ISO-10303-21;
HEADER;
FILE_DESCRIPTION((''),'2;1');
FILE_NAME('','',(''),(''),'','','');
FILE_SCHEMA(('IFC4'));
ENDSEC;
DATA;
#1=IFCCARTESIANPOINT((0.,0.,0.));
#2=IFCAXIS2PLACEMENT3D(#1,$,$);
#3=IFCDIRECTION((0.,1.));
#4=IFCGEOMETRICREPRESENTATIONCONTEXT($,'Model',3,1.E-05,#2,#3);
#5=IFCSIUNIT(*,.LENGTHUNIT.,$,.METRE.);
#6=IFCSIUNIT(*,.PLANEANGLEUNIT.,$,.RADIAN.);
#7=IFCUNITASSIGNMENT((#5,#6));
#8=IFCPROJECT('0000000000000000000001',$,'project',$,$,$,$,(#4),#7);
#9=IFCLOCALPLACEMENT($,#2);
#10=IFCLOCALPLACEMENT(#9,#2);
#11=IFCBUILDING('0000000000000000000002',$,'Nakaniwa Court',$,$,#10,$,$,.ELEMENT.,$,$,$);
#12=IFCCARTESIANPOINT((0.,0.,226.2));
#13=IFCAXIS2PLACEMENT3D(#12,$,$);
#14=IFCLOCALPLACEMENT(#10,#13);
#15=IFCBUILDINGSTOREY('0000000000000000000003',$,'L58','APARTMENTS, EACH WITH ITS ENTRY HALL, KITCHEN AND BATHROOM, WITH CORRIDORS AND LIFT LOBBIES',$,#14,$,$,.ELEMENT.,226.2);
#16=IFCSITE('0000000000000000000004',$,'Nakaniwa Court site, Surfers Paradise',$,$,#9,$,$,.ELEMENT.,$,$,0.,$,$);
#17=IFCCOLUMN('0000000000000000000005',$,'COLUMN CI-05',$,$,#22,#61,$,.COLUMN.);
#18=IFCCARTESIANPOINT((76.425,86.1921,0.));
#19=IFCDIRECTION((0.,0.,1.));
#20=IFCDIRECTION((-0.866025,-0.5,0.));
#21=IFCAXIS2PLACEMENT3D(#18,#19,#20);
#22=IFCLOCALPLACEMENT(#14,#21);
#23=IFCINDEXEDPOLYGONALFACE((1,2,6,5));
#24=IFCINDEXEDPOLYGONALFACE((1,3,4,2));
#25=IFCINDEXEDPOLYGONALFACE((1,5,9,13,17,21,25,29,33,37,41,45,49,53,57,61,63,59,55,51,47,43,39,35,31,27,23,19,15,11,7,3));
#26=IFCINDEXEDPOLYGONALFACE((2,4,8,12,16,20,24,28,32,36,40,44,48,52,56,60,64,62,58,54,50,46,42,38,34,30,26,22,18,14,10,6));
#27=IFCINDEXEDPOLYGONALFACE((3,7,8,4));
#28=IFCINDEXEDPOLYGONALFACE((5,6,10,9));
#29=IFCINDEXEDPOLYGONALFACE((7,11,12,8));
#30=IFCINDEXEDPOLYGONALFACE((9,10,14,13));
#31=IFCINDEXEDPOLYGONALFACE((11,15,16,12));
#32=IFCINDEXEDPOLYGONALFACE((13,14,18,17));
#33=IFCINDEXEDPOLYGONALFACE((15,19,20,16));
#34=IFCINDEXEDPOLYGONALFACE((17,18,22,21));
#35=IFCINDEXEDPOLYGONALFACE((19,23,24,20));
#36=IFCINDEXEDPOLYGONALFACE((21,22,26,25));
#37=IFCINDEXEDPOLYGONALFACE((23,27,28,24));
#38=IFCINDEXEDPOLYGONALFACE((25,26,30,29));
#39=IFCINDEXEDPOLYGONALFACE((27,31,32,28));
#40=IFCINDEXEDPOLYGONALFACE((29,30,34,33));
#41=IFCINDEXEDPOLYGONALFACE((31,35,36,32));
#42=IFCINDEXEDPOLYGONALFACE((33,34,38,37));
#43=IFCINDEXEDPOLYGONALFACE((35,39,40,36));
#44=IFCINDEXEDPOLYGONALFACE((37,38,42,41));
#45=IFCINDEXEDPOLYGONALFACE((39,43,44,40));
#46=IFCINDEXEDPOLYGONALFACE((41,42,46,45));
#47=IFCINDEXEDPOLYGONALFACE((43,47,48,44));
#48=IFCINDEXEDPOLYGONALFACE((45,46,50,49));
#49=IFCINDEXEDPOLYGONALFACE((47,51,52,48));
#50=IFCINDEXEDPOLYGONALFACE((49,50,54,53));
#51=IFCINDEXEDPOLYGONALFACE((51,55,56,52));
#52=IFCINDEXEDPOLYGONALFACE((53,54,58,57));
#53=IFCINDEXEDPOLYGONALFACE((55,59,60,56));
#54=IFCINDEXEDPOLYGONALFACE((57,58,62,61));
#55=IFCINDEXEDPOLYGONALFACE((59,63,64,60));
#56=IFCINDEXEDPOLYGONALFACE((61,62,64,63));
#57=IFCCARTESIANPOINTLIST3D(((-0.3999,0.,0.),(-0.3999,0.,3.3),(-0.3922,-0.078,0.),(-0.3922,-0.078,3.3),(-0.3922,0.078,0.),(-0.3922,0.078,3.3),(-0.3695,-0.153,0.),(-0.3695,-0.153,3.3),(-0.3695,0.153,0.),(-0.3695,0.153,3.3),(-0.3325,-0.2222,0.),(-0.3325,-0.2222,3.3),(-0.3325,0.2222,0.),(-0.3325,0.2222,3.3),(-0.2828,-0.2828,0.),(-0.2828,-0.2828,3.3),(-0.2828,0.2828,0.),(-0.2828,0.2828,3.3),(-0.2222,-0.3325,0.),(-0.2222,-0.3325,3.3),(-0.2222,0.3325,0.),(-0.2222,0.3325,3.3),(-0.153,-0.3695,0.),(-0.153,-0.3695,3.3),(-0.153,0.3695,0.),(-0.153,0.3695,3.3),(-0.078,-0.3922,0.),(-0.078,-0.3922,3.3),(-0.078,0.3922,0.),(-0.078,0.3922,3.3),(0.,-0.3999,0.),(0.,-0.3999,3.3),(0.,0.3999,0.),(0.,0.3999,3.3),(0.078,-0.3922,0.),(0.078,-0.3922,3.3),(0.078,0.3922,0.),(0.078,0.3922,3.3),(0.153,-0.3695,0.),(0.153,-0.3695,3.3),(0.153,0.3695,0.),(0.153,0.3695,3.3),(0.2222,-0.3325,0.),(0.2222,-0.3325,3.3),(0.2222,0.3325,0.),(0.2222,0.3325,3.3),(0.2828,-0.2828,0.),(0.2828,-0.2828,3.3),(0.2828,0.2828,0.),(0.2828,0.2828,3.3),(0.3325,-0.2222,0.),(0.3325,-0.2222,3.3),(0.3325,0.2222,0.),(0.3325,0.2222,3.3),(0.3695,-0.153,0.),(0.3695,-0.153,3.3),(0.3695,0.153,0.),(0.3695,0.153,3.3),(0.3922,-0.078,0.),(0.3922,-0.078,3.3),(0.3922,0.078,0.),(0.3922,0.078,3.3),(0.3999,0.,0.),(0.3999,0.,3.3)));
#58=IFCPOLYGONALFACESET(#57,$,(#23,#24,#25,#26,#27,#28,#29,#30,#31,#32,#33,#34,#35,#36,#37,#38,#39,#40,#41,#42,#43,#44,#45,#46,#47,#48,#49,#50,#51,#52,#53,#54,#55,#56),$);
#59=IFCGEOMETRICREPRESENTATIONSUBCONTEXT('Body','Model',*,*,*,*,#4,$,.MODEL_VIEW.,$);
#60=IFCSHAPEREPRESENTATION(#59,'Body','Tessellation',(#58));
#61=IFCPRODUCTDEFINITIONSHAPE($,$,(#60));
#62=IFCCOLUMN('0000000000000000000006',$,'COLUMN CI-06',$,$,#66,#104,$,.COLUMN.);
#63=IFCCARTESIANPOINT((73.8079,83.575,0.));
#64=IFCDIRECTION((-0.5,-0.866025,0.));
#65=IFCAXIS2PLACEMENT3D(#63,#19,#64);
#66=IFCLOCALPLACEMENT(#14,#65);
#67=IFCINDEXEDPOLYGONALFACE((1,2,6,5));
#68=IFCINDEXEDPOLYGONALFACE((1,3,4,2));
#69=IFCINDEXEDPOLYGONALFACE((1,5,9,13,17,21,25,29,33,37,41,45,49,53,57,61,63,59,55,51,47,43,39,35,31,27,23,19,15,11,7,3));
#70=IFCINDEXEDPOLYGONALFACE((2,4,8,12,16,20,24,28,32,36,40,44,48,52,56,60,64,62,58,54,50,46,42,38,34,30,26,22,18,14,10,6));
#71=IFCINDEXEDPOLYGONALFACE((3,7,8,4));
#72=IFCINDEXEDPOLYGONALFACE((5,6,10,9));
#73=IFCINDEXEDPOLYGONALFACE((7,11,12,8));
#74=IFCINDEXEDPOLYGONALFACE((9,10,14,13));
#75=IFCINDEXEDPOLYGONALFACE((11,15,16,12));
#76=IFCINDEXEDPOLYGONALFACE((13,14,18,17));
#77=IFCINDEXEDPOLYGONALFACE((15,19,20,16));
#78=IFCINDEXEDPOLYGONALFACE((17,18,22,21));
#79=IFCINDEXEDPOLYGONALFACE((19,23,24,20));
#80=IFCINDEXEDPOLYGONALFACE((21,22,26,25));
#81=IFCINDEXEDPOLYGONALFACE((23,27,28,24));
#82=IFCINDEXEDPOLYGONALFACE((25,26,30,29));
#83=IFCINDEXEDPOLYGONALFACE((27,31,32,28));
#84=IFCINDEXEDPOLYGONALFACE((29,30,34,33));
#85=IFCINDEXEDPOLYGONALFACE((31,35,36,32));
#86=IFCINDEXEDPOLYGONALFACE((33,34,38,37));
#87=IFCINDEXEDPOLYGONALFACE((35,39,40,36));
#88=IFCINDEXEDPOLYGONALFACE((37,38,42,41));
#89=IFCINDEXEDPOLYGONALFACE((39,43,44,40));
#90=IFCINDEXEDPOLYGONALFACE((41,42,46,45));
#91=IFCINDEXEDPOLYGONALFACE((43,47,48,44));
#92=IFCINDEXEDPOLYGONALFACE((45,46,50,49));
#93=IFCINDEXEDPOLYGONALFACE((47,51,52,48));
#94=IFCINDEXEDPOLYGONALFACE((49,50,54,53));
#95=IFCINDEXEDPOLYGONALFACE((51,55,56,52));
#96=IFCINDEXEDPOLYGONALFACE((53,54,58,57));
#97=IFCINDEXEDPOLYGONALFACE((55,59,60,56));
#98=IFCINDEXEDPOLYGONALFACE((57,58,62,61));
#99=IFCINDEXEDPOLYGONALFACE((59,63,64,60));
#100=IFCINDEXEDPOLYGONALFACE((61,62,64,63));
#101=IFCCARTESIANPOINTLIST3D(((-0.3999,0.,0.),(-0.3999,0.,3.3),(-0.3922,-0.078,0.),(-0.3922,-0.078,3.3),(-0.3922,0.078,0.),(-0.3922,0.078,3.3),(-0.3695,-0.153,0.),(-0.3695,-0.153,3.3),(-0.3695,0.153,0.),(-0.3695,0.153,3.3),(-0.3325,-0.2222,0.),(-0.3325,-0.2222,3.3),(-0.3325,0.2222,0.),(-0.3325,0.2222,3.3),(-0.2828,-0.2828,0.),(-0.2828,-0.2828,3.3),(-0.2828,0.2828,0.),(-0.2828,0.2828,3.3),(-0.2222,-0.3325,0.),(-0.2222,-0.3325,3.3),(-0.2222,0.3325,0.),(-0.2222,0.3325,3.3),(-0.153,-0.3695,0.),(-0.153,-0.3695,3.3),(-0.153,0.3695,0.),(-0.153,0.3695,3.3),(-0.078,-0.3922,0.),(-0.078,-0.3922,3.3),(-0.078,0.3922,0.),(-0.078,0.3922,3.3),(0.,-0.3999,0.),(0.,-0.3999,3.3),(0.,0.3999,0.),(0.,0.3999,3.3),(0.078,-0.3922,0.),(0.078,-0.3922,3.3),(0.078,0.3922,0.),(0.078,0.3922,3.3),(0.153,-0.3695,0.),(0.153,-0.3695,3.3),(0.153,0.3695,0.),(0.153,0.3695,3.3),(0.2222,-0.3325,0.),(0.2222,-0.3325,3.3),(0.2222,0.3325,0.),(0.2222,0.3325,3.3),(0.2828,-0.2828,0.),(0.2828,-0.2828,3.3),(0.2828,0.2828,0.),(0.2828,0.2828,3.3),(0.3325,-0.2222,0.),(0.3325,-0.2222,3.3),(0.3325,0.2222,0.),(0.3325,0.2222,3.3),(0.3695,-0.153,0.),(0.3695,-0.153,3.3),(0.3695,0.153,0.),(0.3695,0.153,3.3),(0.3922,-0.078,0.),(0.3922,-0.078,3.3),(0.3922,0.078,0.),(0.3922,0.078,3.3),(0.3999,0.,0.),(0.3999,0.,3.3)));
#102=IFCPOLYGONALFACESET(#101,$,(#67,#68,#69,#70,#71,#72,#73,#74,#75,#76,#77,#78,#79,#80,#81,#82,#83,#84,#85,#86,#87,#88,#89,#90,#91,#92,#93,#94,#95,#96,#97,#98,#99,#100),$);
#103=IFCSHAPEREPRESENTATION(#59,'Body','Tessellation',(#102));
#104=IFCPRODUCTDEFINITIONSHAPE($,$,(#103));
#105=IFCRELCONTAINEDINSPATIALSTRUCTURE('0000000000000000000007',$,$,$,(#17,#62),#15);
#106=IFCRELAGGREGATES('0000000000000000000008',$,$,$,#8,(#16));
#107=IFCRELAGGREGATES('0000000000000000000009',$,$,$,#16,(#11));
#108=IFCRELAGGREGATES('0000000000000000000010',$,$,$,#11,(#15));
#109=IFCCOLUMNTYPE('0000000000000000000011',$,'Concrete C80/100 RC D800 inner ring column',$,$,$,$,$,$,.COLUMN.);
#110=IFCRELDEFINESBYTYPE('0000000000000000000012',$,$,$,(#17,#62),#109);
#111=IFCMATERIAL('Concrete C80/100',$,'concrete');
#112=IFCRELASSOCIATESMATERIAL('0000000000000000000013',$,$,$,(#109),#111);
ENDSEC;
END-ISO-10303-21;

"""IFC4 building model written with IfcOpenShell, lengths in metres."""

from ifc_helpers import new_model, si_unit, direction, frame, origin, origin_2d, place, context, subcontext, project, spatial, circle, extrude, material, material_profile, profile_set, type_object, element, save


model = new_model("IFC4")

# Units and contexts
model_context = context("Model", 3, precision=1e-05, world=origin(), true_north=direction((0.0, 1.0)))
body_context = subcontext(model_context, "Body", "Model", "MODEL_VIEW")
ifc_project = project(units=[si_unit("LENGTHUNIT", "METRE"), si_unit("PLANEANGLEUNIT", "RADIAN")], contexts=[model_context])

# Site, building, storey
site_placement = place(None, origin())
site = spatial("IfcSite", under=ifc_project, at=site_placement, Name="Nakaniwa Court site, Surfers Paradise", CompositionType="ELEMENT", RefElevation=0.0)
building_placement = place(site_placement, origin())
building = spatial("IfcBuilding", under=site, at=building_placement, Name="Nakaniwa Court", CompositionType="ELEMENT")
storey_placement = place(building_placement, frame((0.0, 0.0, 226.2)))
storey = spatial("IfcBuildingStorey", under=building, at=storey_placement, Name="L58", Description="APARTMENTS, EACH WITH ITS ENTRY HALL, KITCHEN AND BATHROOM, WITH CORRIDORS AND LIFT LOBBIES", CompositionType="ELEMENT", Elevation=226.2)

# Columns
ifc_material_1 = material(Name="Concrete C80/100", Category="concrete")
ifc_material_profile_1 = material_profile(ifc_material_1, circle(Radius=0.3999, at=origin_2d()), Name="Concrete C80/100 RC D800 inner ring column")
ifc_profile_set_1 = profile_set([ifc_material_profile_1], Name="Concrete C80/100")
column_type_1 = type_object("IfcColumnType", Name="Concrete C80/100 RC D800 inner ring column", PredefinedType="COLUMN", material=ifc_profile_set_1)
for number, where, z_axis, x_axis, name in (
    (1, (76.425, 86.1921, 0.0), (0.0, 0.0, 1.0), (-0.866025, -0.5, 0.0), "COLUMN CI-05"),
    (2, (73.8079, 83.575, 0.0), (0.0, 0.0, 1.0), (-0.5, -0.866025, 0.0), "COLUMN CI-06"),
):
    element("IfcColumn", number, at=place(storey_placement, frame(where, z_axis=z_axis, x_axis=x_axis)), inside=storey, type_object=column_type_1, Name=name, PredefinedType="COLUMN", context=body_context, shape_type="SweptSolid", body=[
        extrude(circle(Radius=0.3999, at=origin_2d()), origin(), (0.0, 0.0, 1.0), 3.3),
    ])

save(model, "model.ifc")
